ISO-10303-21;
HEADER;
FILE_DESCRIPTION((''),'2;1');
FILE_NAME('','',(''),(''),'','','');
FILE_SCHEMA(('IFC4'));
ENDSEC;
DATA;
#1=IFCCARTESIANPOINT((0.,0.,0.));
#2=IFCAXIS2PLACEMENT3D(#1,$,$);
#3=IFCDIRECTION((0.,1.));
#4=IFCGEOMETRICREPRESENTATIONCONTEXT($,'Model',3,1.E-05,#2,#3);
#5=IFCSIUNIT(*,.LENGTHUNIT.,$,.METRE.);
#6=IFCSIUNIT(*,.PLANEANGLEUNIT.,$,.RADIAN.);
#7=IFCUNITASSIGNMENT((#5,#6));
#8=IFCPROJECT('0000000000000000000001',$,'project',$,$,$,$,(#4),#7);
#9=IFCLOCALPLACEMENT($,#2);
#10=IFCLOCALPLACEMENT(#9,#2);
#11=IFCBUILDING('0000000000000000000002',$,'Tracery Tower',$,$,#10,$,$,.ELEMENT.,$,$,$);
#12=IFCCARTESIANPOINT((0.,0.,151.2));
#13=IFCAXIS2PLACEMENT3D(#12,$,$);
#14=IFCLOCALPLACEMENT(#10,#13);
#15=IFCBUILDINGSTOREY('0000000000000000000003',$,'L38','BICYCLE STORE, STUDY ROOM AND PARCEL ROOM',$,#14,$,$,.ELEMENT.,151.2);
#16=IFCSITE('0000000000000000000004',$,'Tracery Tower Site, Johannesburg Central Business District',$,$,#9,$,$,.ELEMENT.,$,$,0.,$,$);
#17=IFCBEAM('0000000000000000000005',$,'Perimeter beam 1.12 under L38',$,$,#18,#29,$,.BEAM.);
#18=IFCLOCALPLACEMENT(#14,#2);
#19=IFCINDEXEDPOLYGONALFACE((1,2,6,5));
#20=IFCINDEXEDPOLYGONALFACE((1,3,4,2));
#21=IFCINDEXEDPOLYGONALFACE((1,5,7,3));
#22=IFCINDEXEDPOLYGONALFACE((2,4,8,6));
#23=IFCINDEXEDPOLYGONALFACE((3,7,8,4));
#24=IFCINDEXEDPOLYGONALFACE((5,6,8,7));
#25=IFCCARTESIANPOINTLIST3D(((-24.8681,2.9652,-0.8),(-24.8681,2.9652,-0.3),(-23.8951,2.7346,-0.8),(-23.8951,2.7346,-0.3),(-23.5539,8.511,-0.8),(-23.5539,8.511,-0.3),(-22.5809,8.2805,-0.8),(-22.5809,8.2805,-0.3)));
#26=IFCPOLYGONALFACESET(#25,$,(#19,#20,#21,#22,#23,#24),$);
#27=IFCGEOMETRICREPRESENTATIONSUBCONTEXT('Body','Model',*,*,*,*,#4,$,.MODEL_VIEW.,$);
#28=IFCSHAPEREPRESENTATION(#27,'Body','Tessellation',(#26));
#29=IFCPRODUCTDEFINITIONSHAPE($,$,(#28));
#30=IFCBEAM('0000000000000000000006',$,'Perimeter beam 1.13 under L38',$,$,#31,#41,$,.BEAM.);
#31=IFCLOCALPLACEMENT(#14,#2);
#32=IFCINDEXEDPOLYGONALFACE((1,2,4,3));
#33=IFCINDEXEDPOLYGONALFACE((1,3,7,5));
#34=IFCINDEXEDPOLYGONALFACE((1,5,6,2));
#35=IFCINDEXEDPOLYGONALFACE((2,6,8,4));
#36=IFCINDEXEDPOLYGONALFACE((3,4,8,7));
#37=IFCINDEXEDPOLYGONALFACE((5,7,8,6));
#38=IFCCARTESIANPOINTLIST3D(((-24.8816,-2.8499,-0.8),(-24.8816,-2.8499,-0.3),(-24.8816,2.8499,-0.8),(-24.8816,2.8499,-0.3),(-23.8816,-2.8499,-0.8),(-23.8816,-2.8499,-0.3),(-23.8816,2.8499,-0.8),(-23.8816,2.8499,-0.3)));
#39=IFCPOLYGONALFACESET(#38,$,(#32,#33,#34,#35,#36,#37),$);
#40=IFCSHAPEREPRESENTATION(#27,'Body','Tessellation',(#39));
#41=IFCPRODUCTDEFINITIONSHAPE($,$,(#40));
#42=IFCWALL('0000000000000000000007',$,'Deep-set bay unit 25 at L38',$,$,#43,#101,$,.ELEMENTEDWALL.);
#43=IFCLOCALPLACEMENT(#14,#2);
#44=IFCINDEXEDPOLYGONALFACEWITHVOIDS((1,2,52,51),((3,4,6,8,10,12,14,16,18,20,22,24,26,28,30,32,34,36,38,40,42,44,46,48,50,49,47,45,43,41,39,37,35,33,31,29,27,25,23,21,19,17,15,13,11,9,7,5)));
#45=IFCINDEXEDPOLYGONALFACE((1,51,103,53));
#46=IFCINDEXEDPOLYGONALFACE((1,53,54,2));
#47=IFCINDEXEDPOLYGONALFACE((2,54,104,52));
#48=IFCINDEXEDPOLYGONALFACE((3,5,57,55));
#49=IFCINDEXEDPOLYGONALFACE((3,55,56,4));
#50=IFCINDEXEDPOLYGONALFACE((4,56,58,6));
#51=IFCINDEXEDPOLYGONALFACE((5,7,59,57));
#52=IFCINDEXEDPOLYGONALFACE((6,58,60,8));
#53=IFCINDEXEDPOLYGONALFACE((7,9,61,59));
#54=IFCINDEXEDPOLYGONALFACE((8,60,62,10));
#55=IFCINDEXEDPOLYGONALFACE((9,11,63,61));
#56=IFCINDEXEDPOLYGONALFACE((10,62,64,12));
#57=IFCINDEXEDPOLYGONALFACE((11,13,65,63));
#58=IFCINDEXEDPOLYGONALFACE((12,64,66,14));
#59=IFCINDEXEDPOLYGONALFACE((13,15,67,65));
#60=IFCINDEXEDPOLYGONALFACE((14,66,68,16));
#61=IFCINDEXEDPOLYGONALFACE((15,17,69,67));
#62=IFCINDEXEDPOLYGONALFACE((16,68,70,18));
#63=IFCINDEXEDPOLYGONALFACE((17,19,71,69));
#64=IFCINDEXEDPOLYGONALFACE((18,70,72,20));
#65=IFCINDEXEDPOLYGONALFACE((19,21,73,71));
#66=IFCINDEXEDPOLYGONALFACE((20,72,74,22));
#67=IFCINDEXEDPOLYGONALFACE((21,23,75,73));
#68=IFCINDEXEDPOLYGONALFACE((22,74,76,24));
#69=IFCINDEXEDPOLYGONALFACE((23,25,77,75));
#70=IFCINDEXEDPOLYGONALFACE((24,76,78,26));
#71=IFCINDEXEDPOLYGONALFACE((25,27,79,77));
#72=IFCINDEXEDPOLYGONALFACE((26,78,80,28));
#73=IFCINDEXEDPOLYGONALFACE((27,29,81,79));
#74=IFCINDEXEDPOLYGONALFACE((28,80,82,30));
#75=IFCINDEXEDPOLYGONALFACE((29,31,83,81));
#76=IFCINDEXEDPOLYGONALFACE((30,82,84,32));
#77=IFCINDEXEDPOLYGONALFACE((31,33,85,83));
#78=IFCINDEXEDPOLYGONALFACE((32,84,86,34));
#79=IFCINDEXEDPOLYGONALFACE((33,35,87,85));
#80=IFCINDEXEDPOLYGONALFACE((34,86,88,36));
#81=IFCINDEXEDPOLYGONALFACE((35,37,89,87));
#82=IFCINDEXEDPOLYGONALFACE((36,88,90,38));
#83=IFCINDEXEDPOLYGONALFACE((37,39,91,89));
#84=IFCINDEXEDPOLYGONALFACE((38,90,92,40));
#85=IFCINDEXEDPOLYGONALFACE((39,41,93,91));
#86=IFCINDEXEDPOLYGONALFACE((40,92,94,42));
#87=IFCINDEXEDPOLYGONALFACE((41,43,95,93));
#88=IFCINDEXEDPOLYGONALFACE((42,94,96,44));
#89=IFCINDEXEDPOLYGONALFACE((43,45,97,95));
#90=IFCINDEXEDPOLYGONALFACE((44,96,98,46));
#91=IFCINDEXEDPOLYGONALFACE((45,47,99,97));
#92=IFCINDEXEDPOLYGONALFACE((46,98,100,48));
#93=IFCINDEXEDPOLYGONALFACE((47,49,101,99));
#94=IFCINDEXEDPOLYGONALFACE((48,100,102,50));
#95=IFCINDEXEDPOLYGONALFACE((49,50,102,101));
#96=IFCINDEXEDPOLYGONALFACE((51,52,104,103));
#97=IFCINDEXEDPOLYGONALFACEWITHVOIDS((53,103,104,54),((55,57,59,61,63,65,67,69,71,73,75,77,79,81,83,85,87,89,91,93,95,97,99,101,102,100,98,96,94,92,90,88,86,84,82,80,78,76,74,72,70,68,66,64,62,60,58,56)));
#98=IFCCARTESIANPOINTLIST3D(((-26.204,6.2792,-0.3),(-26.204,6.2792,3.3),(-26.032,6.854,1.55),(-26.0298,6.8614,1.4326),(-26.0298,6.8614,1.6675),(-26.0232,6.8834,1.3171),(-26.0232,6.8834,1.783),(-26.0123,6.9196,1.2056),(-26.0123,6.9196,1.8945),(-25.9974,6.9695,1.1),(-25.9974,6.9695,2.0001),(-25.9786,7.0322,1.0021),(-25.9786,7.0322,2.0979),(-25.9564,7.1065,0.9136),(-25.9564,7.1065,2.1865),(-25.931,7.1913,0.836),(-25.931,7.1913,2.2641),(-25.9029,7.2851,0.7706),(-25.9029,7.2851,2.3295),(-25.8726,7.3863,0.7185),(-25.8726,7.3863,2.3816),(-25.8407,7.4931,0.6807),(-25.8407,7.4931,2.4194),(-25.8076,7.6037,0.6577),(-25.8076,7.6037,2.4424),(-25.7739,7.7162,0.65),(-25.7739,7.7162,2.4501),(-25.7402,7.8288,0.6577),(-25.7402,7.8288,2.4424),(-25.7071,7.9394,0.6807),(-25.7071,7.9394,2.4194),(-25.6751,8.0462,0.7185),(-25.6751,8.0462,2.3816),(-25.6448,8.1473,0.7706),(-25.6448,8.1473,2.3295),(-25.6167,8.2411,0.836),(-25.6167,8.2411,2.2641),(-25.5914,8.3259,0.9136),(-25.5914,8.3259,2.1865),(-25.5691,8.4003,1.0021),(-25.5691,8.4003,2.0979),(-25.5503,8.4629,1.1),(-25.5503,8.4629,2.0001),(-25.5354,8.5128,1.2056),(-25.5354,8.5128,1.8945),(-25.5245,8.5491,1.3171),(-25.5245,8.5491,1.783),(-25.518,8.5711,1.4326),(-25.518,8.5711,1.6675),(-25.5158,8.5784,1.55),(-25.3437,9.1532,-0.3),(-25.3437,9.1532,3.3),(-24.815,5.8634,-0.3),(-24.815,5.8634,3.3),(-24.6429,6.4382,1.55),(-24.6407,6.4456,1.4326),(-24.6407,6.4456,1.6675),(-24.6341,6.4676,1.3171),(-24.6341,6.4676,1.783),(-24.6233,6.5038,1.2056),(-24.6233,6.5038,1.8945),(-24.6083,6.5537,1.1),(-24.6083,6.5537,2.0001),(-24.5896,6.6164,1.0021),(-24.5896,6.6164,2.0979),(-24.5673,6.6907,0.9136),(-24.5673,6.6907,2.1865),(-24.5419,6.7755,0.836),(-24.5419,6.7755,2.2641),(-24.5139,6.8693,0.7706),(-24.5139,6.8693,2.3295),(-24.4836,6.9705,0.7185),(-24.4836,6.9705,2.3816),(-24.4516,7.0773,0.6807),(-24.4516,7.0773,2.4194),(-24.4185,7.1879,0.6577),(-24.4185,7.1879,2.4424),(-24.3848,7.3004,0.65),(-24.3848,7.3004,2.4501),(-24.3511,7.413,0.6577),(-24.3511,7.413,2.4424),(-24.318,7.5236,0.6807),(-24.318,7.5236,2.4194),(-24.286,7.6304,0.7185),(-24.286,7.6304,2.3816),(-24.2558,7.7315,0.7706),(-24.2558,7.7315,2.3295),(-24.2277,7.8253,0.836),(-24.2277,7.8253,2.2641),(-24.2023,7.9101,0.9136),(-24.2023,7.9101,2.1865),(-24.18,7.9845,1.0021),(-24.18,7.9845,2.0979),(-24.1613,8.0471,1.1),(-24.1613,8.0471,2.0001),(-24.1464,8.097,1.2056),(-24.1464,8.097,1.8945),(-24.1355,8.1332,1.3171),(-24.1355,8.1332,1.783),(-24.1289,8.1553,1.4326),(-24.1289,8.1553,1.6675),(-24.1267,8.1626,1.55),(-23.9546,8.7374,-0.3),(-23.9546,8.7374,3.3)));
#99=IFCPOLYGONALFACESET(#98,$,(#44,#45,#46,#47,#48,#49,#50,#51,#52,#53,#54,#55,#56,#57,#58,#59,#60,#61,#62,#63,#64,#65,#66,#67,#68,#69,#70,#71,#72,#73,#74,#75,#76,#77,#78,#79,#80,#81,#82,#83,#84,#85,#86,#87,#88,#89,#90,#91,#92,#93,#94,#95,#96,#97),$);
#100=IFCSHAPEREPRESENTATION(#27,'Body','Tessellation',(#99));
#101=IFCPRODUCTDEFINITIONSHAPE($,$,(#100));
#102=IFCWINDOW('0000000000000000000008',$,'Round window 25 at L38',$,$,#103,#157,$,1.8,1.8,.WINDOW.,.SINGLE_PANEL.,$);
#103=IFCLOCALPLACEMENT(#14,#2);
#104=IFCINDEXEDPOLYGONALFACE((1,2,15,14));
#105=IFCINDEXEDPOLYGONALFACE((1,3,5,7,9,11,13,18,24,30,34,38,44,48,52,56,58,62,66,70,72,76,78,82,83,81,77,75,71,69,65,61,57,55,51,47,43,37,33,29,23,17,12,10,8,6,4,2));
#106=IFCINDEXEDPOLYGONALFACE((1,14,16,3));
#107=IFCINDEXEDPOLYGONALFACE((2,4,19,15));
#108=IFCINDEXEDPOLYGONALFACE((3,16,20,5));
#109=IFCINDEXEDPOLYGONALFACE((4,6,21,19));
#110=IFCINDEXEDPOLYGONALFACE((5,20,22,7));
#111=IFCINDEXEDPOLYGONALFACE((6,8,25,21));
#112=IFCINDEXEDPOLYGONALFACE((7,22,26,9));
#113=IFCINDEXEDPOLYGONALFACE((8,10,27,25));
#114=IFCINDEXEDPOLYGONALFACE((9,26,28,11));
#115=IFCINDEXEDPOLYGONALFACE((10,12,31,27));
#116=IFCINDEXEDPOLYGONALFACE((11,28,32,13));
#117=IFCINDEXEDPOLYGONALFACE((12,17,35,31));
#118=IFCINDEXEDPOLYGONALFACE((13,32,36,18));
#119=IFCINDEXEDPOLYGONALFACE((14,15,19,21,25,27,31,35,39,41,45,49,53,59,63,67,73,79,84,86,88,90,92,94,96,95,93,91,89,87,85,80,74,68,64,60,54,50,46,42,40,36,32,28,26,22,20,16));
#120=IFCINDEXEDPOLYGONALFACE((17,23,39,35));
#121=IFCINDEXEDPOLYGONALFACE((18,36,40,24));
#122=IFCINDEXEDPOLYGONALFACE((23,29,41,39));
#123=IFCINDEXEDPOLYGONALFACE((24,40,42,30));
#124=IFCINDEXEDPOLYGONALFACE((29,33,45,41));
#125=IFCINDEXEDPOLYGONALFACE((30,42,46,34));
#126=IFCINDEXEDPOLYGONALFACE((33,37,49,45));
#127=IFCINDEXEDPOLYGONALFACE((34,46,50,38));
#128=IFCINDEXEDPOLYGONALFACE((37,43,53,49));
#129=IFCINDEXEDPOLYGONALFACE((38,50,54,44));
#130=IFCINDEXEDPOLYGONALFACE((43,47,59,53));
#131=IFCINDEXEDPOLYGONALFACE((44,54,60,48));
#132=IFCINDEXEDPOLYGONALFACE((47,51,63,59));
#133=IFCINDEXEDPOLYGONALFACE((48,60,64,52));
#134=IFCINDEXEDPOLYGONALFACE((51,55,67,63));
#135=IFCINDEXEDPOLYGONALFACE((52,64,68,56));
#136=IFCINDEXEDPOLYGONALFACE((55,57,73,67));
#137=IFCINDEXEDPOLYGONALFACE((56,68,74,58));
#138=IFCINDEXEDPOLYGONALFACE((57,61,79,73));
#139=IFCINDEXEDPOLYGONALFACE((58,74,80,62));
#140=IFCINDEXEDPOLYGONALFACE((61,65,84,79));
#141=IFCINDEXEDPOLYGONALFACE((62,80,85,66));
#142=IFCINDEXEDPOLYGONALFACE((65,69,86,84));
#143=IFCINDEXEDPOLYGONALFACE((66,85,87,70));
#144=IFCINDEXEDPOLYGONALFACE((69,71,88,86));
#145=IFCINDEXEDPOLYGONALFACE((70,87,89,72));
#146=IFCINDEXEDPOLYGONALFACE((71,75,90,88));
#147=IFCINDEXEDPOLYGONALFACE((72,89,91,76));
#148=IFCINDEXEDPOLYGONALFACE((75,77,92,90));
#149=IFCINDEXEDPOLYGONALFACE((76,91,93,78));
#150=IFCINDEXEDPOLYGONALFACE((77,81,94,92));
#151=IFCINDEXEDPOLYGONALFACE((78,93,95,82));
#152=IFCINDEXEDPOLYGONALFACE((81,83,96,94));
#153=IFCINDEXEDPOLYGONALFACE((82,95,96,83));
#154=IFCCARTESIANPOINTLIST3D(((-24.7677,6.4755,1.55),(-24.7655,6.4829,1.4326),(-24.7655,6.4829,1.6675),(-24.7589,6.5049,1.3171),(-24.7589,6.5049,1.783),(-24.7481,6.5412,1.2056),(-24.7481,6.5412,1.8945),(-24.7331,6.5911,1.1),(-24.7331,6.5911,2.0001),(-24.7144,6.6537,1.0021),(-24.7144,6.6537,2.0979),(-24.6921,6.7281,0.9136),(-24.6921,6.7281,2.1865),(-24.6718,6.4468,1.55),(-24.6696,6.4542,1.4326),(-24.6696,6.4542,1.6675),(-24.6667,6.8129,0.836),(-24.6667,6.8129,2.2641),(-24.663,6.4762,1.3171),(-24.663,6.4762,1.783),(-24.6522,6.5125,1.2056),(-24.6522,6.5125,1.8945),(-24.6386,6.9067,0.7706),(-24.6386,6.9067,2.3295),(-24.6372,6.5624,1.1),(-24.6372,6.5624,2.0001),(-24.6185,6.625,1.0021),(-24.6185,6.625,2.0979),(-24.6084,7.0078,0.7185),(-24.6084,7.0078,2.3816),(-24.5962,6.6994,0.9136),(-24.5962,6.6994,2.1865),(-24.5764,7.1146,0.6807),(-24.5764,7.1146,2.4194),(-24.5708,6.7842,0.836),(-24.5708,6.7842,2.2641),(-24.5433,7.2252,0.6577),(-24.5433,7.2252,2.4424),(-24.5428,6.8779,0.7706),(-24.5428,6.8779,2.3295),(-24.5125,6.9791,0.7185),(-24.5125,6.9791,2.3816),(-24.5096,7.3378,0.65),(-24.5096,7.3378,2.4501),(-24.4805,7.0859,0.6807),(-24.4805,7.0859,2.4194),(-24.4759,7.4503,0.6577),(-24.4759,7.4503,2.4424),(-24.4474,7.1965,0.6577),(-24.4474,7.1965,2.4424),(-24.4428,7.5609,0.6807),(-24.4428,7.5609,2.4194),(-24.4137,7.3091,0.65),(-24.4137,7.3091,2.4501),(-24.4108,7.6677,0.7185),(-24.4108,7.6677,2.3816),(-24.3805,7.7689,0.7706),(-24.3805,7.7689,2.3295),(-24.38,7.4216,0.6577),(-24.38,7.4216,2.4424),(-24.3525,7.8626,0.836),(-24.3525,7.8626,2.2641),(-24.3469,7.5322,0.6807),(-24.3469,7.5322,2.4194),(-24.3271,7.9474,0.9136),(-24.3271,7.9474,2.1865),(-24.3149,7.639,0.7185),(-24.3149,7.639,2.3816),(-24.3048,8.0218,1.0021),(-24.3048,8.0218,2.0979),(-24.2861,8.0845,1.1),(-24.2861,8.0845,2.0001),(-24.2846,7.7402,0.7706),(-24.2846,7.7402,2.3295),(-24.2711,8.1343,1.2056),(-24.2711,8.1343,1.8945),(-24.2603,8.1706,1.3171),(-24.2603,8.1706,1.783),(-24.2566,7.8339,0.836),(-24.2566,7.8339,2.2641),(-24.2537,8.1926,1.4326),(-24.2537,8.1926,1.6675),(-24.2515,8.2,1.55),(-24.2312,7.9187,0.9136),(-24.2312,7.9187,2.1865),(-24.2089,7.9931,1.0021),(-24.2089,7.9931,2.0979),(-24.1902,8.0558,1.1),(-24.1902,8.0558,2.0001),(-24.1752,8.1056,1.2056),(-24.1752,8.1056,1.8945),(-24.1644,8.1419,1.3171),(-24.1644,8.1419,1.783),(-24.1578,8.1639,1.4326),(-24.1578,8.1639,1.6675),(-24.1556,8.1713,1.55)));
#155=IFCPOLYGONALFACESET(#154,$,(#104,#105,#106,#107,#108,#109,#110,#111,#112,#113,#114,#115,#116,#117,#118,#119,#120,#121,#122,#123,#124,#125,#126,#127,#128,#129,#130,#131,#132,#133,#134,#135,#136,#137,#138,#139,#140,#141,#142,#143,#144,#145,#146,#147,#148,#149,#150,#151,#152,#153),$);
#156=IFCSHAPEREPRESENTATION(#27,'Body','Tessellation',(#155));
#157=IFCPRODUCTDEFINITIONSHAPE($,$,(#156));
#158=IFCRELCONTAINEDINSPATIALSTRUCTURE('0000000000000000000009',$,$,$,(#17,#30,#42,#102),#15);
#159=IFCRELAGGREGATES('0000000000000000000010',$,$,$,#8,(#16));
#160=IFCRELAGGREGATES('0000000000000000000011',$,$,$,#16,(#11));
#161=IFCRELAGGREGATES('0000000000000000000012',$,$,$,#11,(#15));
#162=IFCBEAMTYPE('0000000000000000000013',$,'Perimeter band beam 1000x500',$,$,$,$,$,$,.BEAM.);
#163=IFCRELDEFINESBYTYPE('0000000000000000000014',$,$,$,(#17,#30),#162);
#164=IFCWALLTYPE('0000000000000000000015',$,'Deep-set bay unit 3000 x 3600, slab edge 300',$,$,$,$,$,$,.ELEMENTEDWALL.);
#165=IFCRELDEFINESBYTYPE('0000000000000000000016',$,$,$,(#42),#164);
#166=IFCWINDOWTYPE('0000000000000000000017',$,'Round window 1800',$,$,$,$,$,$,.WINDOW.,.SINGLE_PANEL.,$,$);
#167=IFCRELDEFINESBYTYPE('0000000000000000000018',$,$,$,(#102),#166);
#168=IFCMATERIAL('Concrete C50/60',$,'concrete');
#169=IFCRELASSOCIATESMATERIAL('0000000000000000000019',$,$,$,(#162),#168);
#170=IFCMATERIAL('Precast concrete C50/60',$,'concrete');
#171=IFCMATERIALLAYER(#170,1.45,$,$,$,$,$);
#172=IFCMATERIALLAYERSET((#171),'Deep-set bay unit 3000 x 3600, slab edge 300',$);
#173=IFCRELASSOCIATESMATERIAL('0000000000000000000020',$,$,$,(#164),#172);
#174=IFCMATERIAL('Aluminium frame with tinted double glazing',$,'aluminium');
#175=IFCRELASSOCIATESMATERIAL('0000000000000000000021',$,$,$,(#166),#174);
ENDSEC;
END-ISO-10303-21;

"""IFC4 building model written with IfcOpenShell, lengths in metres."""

from ifc_helpers import new_model, si_unit, direction, frame, frame_2d, origin, origin_2d, place, context, subcontext, project, spatial, rectangle, circle, extrude, material, layer, layer_set, material_profile, profile_set, type_object, element, fill, save


model = new_model("IFC4")

# Units and contexts
model_context = context("Model", 3, precision=1e-05, world=origin(), true_north=direction((0.0, 1.0)))
body_context = subcontext(model_context, "Body", "Model", "MODEL_VIEW")
ifc_project = project(units=[si_unit("LENGTHUNIT", "METRE"), si_unit("PLANEANGLEUNIT", "RADIAN")], contexts=[model_context])

# Site, building, storey
site_placement = place(None, origin())
site = spatial("IfcSite", under=ifc_project, at=site_placement, Name="Tracery Tower Site, Johannesburg Central Business District", CompositionType="ELEMENT", RefElevation=0.0)
building_placement = place(site_placement, origin())
building = spatial("IfcBuilding", under=site, at=building_placement, Name="Tracery Tower", CompositionType="ELEMENT")
storey_placement = place(building_placement, frame((0.0, 0.0, 151.2)))
storey = spatial("IfcBuildingStorey", under=building, at=storey_placement, Name="L38", Description="BICYCLE STORE, STUDY ROOM AND PARCEL ROOM", CompositionType="ELEMENT", Elevation=151.2)

# Beams
ifc_material_1 = material(Name="Concrete C50/60", Category="concrete")
ifc_material_profile_1 = material_profile(ifc_material_1, rectangle(XDim=1.0, YDim=0.5, at=origin_2d()), Name="RC 1000x500")
ifc_profile_set_1 = profile_set([ifc_material_profile_1], Name="Concrete C50/60")
beam_type = type_object("IfcBeamType", Name="Perimeter band beam 1000x500", PredefinedType="BEAM", material=ifc_profile_set_1)
beam_1_placement = place(storey_placement, frame((-23.0674, 8.3958, -0.55), z_axis=(-0.230584, -0.973052, 0.0), x_axis=(0.973052, -0.230584, 0.0)))
element("IfcBeam", 1, at=beam_1_placement, inside=storey, type_object=beam_type, Name="Perimeter beam 1.12 under L38", PredefinedType="BEAM", context=body_context, shape_type="SweptSolid", body=[
    extrude(rectangle(XDim=1.0, YDim=0.5, at=origin_2d()), origin(), (0.0, 0.0, 1.0), 5.6995),
])
beam_2_placement = place(storey_placement, frame((-24.3816, 2.8499, -0.55), z_axis=(0.0, -1.0, 0.0), x_axis=(1.0, 0.0, 0.0)))
element("IfcBeam", 2, at=beam_2_placement, inside=storey, type_object=beam_type, Name="Perimeter beam 1.13 under L38", PredefinedType="BEAM", context=body_context, shape_type="SweptSolid", body=[
    extrude(rectangle(XDim=1.0, YDim=0.5, at=origin_2d()), origin(), (0.0, 0.0, 1.0), 5.6997),
])

# Wall, opening, window
ifc_material_2 = material(Name="Precast concrete C50/60", Category="concrete")
ifc_layer_1 = layer(ifc_material_2, 1.45)
ifc_layer_set_1 = layer_set([ifc_layer_1], Name="Deep-set bay unit 3000 x 3600, slab edge 300")
wall_type_1 = type_object("IfcWallType", Name="Deep-set bay unit 3000 x 3600, slab edge 300", PredefinedType="ELEMENTEDWALL", material=ifc_layer_set_1)
wall_1_placement = place(storey_placement, frame((-24.6492, 8.9453, -0.3), z_axis=(0.0, 0.0, 1.0), x_axis=(-0.28678, -0.957996, 0.0)))
wall_1 = element("IfcWall", 3, at=wall_1_placement, inside=storey, type_object=wall_type_1, Name="Deep-set bay unit 25 at L38", PredefinedType="ELEMENTEDWALL", context=body_context, shape_type="SweptSolid", body=[
    extrude(rectangle(XDim=3.0, YDim=1.45, at=frame_2d((1.5, 0.0))), origin(), (0.0, 0.0, 1.0), 3.6001),
])
opening_1_placement = place(wall_1_placement, frame((1.5, 0.0, 1.8501)))
opening_1 = element("IfcOpeningElement", 4, at=opening_1_placement, cuts=wall_1, PredefinedType="OPENING", context=body_context, shape_type="SweptSolid", body=[
    extrude(circle(Radius=0.9, at=origin_2d()), frame((0.0, 0.7349, 0.0), z_axis=(0.0, -1.0, 0.0), x_axis=(1.0, 0.0, 0.0)), (0.0, 0.0, 1.0), 1.47),
])
ifc_material_3 = material(Name="Aluminium frame with tinted double glazing", Category="aluminium")
window_type = type_object("IfcWindowType", Name="Round window 1800", PartitioningType="SINGLE_PANEL", PredefinedType="WINDOW", material=ifc_material_3)
window_1_placement = place(opening_1_placement, origin())
window_1 = element("IfcWindow", 5, at=window_1_placement, inside=storey, type_object=window_type, Name="Round window 25 at L38", OverallHeight=1.8, OverallWidth=1.8, PartitioningType="SINGLE_PANEL", PredefinedType="WINDOW", context=body_context, shape_type="SweptSolid", body=[
    extrude(circle(Radius=0.9, at=origin_2d()), frame((0.0, 0.6948, 0.0), z_axis=(0.0, -1.0, 0.0), x_axis=(1.0, 0.0, 0.0)), (0.0, 0.0, 1.0), 0.1001),
])
fill(opening_1, window_1)

save(model, "model.ifc")
